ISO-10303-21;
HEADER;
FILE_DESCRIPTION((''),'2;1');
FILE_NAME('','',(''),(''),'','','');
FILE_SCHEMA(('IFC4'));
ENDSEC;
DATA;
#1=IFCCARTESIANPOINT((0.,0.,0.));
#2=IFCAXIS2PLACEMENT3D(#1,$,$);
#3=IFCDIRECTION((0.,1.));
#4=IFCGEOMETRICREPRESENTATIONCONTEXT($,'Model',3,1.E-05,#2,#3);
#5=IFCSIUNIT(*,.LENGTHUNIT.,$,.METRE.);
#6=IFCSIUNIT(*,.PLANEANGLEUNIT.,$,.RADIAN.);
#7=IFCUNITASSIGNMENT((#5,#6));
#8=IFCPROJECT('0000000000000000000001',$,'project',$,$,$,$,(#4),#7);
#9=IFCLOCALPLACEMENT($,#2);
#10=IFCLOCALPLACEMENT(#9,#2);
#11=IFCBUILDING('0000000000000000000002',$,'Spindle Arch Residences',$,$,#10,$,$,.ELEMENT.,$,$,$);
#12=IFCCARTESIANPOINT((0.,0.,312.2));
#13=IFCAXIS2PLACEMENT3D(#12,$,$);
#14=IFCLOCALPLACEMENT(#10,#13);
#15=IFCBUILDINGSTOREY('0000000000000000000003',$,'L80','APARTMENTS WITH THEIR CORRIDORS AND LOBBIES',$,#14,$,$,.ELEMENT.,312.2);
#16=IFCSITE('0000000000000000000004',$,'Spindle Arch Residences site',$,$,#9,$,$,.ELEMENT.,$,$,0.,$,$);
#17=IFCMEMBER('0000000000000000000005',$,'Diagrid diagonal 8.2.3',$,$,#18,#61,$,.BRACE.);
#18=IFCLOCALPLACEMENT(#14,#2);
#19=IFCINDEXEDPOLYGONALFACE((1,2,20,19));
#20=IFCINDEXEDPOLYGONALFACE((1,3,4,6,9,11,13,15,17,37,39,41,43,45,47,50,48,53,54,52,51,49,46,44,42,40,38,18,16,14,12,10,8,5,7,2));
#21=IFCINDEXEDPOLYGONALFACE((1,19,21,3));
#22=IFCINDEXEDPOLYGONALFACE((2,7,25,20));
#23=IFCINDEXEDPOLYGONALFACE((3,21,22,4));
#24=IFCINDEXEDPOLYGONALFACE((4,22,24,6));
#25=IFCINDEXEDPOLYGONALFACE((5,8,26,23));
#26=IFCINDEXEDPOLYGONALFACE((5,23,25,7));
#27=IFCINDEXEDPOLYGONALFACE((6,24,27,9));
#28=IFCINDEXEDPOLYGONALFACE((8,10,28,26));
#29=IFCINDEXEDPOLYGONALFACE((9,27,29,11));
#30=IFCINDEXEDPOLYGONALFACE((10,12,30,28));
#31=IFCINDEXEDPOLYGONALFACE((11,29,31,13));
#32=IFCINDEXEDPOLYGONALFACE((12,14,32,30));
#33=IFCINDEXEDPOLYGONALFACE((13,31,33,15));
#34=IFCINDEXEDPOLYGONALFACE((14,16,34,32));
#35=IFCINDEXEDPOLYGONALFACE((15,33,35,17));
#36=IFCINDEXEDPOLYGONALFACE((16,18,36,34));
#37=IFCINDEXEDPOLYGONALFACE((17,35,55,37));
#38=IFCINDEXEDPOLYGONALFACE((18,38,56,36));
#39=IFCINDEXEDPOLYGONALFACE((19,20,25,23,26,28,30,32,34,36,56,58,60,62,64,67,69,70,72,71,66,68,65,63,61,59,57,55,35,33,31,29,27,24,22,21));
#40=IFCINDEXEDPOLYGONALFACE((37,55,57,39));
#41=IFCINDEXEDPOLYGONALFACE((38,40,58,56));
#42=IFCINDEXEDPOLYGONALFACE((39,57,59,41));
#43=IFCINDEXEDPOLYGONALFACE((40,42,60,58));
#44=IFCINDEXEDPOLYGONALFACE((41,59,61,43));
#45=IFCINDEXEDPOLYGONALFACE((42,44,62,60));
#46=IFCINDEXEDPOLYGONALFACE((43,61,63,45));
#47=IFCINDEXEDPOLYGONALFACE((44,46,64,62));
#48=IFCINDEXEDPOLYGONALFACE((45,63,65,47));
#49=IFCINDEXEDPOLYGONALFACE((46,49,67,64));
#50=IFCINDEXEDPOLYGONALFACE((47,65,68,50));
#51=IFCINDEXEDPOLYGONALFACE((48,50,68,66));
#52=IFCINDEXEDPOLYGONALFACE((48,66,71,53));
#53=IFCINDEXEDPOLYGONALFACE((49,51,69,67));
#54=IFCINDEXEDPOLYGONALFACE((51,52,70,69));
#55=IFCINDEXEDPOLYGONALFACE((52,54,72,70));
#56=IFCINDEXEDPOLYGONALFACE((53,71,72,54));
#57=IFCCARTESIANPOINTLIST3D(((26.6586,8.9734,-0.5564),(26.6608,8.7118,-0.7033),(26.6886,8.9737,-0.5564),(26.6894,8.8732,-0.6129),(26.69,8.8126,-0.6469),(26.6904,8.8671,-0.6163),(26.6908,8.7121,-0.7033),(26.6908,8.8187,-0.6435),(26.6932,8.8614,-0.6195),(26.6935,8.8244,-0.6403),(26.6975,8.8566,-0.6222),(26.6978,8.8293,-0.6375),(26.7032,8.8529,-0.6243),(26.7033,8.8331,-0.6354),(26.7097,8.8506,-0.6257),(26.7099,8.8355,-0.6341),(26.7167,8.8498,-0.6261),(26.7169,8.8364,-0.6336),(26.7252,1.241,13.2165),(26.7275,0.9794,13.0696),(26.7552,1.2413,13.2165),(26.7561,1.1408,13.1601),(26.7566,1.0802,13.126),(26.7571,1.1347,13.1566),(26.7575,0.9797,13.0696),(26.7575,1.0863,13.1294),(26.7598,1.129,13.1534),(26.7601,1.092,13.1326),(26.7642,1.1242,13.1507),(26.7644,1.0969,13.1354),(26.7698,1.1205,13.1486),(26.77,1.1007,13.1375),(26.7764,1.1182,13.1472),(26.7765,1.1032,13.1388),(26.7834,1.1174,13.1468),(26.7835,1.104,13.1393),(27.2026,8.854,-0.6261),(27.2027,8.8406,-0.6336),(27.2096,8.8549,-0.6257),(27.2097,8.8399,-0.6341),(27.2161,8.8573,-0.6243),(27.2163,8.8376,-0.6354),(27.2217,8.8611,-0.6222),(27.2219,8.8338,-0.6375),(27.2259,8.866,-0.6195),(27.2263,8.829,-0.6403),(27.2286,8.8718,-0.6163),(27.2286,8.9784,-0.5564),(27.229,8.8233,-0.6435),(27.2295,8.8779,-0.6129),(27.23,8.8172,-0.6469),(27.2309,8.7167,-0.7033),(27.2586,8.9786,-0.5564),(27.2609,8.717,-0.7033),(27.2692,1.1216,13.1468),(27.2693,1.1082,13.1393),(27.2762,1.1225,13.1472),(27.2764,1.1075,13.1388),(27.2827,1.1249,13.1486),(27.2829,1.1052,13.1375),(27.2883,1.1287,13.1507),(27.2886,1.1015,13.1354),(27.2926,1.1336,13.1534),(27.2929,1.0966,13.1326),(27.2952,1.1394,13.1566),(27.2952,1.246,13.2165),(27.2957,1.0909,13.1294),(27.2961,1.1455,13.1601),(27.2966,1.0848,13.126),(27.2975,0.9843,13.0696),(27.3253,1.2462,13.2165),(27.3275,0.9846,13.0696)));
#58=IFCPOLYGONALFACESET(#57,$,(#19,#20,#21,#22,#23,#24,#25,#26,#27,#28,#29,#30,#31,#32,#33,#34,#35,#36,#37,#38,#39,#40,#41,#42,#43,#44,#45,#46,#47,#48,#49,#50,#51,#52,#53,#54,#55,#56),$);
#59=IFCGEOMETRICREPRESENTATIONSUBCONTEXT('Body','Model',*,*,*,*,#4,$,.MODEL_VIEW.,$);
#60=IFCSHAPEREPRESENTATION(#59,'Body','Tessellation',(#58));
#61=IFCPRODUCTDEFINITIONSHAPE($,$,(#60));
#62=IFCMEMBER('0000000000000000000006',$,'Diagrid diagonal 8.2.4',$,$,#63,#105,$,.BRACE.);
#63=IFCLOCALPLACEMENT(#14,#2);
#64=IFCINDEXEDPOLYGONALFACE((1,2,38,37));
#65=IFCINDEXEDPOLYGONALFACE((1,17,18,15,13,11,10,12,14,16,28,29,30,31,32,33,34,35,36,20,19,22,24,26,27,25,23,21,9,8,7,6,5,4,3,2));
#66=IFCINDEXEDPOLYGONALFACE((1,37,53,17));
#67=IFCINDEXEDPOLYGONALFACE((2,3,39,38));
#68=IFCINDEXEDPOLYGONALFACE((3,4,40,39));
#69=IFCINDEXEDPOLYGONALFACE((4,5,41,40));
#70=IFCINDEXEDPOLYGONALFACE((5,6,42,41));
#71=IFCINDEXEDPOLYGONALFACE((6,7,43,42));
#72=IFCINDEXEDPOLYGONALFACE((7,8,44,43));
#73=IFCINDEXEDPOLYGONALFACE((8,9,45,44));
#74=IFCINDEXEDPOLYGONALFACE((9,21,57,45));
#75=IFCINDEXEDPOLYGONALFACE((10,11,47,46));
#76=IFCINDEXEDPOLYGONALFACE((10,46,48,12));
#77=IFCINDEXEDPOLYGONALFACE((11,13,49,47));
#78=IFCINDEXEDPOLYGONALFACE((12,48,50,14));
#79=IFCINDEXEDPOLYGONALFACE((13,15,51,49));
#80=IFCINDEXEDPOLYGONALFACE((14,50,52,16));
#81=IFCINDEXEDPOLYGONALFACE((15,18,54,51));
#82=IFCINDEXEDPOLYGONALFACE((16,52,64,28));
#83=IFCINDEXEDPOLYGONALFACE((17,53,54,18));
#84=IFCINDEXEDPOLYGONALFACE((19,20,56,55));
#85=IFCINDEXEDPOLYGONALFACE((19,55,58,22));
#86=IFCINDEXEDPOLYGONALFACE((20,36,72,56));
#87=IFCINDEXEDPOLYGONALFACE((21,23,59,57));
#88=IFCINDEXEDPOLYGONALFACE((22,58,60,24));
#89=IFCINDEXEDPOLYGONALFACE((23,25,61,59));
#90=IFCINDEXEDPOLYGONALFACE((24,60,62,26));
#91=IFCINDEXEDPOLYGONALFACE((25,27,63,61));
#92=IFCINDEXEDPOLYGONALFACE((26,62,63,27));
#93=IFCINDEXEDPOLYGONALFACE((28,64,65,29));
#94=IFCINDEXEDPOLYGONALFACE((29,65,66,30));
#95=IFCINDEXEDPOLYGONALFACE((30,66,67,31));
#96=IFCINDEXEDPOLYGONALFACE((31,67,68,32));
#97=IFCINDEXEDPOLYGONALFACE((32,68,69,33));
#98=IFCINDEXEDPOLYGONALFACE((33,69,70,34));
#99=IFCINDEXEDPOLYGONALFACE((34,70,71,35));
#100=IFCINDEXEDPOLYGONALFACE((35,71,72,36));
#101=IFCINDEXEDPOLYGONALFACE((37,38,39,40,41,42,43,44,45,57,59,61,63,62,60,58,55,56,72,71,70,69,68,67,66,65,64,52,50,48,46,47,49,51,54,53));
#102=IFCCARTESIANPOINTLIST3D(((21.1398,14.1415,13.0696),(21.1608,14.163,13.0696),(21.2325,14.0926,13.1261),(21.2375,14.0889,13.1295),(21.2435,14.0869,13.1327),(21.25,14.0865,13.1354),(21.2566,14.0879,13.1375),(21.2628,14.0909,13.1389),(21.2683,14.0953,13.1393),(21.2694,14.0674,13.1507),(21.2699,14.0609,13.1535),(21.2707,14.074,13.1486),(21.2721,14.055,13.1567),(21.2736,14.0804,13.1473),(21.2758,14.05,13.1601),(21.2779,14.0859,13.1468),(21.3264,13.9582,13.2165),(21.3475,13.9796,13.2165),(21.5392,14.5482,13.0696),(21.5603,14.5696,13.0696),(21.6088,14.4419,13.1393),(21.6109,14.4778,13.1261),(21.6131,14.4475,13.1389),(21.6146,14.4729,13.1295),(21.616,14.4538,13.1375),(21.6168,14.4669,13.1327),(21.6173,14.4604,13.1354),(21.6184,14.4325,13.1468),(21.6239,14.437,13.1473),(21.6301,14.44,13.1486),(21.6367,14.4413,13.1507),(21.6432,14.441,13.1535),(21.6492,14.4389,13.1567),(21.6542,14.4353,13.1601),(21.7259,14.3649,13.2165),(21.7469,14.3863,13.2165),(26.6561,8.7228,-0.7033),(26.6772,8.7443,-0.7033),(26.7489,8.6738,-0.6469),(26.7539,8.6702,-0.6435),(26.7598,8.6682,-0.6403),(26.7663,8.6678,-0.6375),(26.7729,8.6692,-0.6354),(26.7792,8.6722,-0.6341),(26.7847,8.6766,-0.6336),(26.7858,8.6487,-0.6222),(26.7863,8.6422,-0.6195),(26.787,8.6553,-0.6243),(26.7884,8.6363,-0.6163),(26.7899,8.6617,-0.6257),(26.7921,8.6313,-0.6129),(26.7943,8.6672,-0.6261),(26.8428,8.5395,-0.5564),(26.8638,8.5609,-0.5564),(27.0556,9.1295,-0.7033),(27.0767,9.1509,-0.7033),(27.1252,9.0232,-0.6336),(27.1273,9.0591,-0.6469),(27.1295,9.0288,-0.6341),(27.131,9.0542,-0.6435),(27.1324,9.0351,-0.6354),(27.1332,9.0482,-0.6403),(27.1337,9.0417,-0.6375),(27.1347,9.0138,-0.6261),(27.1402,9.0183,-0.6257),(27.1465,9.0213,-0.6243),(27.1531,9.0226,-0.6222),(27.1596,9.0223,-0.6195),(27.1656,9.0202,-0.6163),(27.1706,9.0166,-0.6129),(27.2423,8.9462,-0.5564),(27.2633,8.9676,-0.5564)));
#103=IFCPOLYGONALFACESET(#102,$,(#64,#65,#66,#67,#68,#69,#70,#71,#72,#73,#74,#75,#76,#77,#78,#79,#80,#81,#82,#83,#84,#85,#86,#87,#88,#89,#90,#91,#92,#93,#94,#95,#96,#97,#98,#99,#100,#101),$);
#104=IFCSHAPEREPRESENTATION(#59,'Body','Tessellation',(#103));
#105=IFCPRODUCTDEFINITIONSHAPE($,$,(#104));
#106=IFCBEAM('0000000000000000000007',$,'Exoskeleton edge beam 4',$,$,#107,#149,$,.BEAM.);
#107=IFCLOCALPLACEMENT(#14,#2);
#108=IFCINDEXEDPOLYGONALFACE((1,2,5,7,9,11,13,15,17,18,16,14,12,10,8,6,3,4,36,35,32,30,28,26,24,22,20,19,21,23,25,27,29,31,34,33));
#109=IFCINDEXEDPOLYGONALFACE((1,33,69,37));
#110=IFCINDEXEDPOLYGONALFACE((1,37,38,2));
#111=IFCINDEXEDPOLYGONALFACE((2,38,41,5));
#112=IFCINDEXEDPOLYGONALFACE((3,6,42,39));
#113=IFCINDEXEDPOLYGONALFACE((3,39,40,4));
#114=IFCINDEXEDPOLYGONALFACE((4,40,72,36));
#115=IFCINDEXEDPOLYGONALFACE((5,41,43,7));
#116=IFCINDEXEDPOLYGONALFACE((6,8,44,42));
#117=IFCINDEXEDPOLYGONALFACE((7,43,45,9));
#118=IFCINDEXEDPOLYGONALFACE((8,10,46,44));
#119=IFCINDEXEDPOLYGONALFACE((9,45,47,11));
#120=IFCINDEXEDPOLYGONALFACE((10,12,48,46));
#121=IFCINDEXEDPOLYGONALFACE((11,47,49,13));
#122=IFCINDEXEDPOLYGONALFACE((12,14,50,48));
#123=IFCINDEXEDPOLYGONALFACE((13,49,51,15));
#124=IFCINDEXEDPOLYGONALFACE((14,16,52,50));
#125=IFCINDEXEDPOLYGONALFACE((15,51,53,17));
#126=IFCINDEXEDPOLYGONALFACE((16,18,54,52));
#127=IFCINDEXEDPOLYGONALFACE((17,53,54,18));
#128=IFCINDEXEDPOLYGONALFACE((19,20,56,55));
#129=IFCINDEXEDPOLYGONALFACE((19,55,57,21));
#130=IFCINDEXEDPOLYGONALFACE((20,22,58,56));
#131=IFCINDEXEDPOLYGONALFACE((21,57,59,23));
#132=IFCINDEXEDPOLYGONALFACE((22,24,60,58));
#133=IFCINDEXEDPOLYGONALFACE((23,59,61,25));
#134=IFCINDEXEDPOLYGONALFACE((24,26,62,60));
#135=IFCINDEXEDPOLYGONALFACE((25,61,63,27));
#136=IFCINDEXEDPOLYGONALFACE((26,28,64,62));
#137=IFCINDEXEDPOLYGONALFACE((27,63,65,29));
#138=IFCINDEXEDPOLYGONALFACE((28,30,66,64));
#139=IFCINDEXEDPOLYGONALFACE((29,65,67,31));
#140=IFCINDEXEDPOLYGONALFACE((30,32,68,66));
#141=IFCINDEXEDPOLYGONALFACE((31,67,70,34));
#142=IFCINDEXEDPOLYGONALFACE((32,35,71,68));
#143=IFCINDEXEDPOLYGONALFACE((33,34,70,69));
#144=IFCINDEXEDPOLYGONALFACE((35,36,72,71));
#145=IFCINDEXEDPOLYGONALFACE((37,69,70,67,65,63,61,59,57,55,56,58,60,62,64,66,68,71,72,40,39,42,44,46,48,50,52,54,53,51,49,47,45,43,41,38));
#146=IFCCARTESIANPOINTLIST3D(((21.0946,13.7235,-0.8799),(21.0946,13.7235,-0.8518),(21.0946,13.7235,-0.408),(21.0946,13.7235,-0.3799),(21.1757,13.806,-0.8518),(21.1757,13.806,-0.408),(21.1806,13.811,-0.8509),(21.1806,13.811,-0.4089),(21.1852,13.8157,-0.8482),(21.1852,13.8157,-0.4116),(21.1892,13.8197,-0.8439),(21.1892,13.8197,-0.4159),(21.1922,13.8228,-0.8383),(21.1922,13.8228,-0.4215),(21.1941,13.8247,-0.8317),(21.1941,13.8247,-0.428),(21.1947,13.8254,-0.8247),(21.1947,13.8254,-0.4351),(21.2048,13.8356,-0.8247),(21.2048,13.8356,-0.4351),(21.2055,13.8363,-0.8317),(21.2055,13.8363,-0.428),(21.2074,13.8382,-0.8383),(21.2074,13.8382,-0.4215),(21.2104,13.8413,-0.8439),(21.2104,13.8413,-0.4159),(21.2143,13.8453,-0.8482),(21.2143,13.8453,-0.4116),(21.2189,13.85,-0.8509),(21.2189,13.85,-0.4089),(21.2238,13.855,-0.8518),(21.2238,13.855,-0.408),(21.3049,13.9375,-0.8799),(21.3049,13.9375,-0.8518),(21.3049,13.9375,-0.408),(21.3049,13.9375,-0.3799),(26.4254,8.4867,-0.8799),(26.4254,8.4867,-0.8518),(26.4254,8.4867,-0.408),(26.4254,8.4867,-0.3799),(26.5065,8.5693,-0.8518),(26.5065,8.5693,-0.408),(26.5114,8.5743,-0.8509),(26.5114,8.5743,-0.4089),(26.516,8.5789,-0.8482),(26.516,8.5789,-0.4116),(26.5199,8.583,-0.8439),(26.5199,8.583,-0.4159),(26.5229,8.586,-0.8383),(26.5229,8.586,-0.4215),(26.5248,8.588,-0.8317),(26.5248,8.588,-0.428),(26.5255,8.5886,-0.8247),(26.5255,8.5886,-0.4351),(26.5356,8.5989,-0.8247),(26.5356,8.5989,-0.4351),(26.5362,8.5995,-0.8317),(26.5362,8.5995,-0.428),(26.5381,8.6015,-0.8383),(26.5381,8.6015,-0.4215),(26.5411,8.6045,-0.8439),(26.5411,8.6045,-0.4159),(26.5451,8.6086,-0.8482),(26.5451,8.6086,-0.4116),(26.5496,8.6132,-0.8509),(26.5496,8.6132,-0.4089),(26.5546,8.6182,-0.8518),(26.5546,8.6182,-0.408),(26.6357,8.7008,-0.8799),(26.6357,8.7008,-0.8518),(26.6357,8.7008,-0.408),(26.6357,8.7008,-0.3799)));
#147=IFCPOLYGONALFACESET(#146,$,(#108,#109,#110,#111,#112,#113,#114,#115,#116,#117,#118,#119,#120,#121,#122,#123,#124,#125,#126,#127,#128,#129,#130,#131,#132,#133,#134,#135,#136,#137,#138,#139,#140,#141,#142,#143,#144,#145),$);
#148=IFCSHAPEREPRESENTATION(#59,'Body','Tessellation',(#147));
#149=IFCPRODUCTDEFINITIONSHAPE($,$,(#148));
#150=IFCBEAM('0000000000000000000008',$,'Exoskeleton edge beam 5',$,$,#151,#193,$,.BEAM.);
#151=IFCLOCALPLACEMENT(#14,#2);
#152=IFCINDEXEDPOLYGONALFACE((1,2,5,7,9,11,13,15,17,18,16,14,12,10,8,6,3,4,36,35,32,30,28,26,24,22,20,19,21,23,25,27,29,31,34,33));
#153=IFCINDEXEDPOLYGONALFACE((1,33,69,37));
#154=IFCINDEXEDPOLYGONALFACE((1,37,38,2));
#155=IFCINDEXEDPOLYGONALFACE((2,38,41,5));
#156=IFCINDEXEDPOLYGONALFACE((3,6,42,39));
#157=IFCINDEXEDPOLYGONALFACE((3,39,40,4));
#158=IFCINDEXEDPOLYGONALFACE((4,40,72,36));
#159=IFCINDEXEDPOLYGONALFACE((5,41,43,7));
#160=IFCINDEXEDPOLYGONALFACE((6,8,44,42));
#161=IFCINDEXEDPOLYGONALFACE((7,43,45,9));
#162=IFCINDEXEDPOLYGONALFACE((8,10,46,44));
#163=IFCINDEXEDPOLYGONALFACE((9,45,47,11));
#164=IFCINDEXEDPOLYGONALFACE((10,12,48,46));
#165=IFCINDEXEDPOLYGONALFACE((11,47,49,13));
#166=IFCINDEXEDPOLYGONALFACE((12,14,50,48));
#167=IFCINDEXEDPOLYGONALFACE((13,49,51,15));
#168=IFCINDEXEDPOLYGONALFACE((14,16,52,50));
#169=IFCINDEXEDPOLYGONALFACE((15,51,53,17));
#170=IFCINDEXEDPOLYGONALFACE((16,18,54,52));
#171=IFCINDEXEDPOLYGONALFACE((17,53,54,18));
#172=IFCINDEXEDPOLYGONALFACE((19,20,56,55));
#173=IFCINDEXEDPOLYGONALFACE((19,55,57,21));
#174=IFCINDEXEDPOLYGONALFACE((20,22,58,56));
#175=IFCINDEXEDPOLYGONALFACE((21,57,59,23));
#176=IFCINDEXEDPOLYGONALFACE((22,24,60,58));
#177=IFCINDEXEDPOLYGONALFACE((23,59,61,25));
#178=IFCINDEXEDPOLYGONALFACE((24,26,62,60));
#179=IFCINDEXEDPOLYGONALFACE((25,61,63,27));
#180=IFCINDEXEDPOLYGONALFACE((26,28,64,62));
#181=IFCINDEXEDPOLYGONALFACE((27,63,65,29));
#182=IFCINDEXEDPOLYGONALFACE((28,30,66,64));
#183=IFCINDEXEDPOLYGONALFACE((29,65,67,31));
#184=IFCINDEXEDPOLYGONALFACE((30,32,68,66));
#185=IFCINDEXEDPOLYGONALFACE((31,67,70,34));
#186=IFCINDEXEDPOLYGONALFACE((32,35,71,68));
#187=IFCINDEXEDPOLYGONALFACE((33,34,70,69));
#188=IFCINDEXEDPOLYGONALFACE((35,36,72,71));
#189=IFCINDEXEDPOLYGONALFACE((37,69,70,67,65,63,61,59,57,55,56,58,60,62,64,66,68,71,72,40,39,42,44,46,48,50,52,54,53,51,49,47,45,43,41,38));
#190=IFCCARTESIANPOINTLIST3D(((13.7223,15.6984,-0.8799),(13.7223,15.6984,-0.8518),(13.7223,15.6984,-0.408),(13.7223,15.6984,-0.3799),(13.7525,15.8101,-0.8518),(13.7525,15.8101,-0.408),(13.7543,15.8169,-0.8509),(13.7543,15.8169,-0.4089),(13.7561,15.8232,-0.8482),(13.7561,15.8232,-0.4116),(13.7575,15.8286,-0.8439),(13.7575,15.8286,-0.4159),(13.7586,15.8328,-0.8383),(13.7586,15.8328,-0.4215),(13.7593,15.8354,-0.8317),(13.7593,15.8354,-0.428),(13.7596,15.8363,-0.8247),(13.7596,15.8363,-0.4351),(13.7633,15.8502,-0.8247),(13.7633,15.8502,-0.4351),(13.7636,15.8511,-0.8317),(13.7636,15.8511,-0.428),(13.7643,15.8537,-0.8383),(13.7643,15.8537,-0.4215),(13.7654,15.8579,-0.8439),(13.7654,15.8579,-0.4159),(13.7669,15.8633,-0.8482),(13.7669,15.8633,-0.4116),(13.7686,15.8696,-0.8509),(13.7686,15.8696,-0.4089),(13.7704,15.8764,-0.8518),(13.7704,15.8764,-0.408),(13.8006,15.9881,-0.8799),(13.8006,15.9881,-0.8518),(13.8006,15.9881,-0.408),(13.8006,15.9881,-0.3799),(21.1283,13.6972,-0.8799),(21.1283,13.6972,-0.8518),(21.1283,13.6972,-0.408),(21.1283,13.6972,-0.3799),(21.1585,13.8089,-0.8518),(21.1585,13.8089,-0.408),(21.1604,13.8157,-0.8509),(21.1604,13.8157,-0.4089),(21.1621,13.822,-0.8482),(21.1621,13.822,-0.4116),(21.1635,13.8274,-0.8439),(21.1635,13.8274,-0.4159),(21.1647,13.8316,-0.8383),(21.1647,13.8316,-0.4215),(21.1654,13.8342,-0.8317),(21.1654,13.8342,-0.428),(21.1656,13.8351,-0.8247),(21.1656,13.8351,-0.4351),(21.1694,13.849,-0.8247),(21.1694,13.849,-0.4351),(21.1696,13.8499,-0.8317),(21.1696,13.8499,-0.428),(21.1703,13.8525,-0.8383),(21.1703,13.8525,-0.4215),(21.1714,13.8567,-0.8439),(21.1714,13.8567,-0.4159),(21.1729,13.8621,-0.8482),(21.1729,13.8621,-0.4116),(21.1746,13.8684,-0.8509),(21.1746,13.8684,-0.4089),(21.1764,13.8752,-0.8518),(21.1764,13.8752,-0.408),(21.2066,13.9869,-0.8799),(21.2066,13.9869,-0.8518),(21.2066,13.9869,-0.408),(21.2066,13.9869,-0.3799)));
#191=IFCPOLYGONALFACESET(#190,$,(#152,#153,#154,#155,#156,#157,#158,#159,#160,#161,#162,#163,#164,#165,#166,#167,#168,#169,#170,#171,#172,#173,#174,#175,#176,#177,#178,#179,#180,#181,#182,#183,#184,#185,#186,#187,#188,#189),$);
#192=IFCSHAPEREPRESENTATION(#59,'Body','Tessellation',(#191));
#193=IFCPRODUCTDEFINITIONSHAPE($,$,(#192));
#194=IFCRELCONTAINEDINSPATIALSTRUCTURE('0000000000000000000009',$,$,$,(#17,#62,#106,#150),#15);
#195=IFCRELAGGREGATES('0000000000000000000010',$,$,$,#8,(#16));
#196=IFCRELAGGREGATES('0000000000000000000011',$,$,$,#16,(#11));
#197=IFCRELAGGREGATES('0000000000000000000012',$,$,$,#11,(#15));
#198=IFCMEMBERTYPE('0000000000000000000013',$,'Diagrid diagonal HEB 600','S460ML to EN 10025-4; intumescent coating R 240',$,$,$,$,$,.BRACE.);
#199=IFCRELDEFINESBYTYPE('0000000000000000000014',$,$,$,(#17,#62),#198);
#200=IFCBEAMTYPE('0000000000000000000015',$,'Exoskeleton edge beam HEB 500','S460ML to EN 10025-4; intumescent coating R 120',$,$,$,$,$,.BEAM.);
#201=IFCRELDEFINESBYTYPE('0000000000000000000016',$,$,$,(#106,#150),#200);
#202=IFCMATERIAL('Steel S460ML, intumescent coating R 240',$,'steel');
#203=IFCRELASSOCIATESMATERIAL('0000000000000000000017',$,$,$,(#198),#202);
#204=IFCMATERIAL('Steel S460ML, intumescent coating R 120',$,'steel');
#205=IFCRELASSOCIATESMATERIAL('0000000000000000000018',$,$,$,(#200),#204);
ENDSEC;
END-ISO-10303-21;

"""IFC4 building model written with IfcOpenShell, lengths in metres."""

from ifc_helpers import new_model, si_unit, direction, frame, origin, origin_2d, place, context, subcontext, project, spatial, i_section, extrude, material, material_profile, profile_set, type_object, element, save


model = new_model("IFC4")

# Units and contexts
model_context = context("Model", 3, precision=1e-05, world=origin(), true_north=direction((0.0, 1.0)))
body_context = subcontext(model_context, "Body", "Model", "MODEL_VIEW")
ifc_project = project(units=[si_unit("LENGTHUNIT", "METRE"), si_unit("PLANEANGLEUNIT", "RADIAN")], contexts=[model_context])

# Site, building, storey
site_placement = place(None, origin())
site = spatial("IfcSite", under=ifc_project, at=site_placement, Name="Spindle Arch Residences site", CompositionType="ELEMENT", RefElevation=0.0)
building_placement = place(site_placement, origin())
building = spatial("IfcBuilding", under=site, at=building_placement, Name="Spindle Arch Residences", CompositionType="ELEMENT")
storey_placement = place(building_placement, frame((0.0, 0.0, 312.2)))
storey = spatial("IfcBuildingStorey", under=building, at=storey_placement, Name="L80", Description="APARTMENTS WITH THEIR CORRIDORS AND LOBBIES", CompositionType="ELEMENT", Elevation=312.2)

# Members
ifc_material_1 = material(Name="Steel S460ML, intumescent coating R 240", Category="steel")
ifc_material_profile_1 = material_profile(ifc_material_1, i_section(OverallWidth=0.3, OverallDepth=0.6001, WebThickness=0.0154, FlangeThickness=0.03, FilletRadius=0.0271, at=origin_2d()), Name="HEB 600")
ifc_profile_set_1 = profile_set([ifc_material_profile_1], Name="Steel S460ML, intumescent coating R 240")
member_type_1 = type_object("IfcMemberType", Name="Diagrid diagonal HEB 600", Description="S460ML to EN 10025-4; intumescent coating R 240", PredefinedType="BRACE", material=ifc_profile_set_1)
for number, where, z_axis, x_axis, name in (
    (1, (26.9597, 8.8452, -0.6299), (0.00422, -0.489542, 0.87197), (-0.007516, 0.871937, 0.48956), "Diagrid diagonal 8.2.3"),
    (2, (26.9597, 8.8452, -0.6299), (-0.349244, 0.343061, 0.871974), (0.62206, -0.611048, 0.489553), "Diagrid diagonal 8.2.4"),
):
    element("IfcMember", number, at=place(storey_placement, frame(where, z_axis=z_axis, x_axis=x_axis)), inside=storey, type_object=member_type_1, Name=name, PredefinedType="BRACE", context=body_context, shape_type="SweptSolid", body=[
        extrude(i_section(OverallWidth=0.3, OverallDepth=0.6001, WebThickness=0.0154, FlangeThickness=0.03, FilletRadius=0.0271, at=origin_2d()), origin(), (0.0, 0.0, 1.0), 15.7952),
    ])

# Beams
ifc_material_2 = material(Name="Steel S460ML, intumescent coating R 120", Category="steel")
ifc_material_profile_2 = material_profile(ifc_material_2, i_section(OverallWidth=0.3, OverallDepth=0.5, WebThickness=0.0144, FlangeThickness=0.0281, FilletRadius=0.0271, at=origin_2d()), Name="HEB 500")
ifc_profile_set_2 = profile_set([ifc_material_profile_2], Name="Steel S460ML, intumescent coating R 120")
beam_type_1 = type_object("IfcBeamType", Name="Exoskeleton edge beam HEB 500", Description="S460ML to EN 10025-4; intumescent coating R 120", PredefinedType="BEAM", material=ifc_profile_set_2)
beam_1_placement = place(storey_placement, frame((26.5305, 8.5938, -0.6299), z_axis=(-0.713368, 0.70079, 0.0), x_axis=(-0.70079, -0.713368, 0.0)))
element("IfcBeam", 3, at=beam_1_placement, inside=storey, type_object=beam_type_1, Name="Exoskeleton edge beam 4", PredefinedType="BEAM", context=body_context, shape_type="SweptSolid", body=[
    extrude(i_section(OverallWidth=0.3, OverallDepth=0.5, WebThickness=0.0144, FlangeThickness=0.0281, FilletRadius=0.0271, at=origin_2d()), origin(), (0.0, 0.0, 1.0), 7.4727),
])
beam_2_placement = place(storey_placement, frame((21.1675, 13.842, -0.6299), z_axis=(-0.965377, 0.26086, 0.0), x_axis=(-0.26086, -0.965377, 0.0)))
element("IfcBeam", 4, at=beam_2_placement, inside=storey, type_object=beam_type_1, Name="Exoskeleton edge beam 5", PredefinedType="BEAM", context=body_context, shape_type="SweptSolid", body=[
    extrude(i_section(OverallWidth=0.3, OverallDepth=0.5, WebThickness=0.0144, FlangeThickness=0.0281, FilletRadius=0.0271, at=origin_2d()), origin(), (0.0, 0.0, 1.0), 7.6716),
])

save(model, "model.ifc")
